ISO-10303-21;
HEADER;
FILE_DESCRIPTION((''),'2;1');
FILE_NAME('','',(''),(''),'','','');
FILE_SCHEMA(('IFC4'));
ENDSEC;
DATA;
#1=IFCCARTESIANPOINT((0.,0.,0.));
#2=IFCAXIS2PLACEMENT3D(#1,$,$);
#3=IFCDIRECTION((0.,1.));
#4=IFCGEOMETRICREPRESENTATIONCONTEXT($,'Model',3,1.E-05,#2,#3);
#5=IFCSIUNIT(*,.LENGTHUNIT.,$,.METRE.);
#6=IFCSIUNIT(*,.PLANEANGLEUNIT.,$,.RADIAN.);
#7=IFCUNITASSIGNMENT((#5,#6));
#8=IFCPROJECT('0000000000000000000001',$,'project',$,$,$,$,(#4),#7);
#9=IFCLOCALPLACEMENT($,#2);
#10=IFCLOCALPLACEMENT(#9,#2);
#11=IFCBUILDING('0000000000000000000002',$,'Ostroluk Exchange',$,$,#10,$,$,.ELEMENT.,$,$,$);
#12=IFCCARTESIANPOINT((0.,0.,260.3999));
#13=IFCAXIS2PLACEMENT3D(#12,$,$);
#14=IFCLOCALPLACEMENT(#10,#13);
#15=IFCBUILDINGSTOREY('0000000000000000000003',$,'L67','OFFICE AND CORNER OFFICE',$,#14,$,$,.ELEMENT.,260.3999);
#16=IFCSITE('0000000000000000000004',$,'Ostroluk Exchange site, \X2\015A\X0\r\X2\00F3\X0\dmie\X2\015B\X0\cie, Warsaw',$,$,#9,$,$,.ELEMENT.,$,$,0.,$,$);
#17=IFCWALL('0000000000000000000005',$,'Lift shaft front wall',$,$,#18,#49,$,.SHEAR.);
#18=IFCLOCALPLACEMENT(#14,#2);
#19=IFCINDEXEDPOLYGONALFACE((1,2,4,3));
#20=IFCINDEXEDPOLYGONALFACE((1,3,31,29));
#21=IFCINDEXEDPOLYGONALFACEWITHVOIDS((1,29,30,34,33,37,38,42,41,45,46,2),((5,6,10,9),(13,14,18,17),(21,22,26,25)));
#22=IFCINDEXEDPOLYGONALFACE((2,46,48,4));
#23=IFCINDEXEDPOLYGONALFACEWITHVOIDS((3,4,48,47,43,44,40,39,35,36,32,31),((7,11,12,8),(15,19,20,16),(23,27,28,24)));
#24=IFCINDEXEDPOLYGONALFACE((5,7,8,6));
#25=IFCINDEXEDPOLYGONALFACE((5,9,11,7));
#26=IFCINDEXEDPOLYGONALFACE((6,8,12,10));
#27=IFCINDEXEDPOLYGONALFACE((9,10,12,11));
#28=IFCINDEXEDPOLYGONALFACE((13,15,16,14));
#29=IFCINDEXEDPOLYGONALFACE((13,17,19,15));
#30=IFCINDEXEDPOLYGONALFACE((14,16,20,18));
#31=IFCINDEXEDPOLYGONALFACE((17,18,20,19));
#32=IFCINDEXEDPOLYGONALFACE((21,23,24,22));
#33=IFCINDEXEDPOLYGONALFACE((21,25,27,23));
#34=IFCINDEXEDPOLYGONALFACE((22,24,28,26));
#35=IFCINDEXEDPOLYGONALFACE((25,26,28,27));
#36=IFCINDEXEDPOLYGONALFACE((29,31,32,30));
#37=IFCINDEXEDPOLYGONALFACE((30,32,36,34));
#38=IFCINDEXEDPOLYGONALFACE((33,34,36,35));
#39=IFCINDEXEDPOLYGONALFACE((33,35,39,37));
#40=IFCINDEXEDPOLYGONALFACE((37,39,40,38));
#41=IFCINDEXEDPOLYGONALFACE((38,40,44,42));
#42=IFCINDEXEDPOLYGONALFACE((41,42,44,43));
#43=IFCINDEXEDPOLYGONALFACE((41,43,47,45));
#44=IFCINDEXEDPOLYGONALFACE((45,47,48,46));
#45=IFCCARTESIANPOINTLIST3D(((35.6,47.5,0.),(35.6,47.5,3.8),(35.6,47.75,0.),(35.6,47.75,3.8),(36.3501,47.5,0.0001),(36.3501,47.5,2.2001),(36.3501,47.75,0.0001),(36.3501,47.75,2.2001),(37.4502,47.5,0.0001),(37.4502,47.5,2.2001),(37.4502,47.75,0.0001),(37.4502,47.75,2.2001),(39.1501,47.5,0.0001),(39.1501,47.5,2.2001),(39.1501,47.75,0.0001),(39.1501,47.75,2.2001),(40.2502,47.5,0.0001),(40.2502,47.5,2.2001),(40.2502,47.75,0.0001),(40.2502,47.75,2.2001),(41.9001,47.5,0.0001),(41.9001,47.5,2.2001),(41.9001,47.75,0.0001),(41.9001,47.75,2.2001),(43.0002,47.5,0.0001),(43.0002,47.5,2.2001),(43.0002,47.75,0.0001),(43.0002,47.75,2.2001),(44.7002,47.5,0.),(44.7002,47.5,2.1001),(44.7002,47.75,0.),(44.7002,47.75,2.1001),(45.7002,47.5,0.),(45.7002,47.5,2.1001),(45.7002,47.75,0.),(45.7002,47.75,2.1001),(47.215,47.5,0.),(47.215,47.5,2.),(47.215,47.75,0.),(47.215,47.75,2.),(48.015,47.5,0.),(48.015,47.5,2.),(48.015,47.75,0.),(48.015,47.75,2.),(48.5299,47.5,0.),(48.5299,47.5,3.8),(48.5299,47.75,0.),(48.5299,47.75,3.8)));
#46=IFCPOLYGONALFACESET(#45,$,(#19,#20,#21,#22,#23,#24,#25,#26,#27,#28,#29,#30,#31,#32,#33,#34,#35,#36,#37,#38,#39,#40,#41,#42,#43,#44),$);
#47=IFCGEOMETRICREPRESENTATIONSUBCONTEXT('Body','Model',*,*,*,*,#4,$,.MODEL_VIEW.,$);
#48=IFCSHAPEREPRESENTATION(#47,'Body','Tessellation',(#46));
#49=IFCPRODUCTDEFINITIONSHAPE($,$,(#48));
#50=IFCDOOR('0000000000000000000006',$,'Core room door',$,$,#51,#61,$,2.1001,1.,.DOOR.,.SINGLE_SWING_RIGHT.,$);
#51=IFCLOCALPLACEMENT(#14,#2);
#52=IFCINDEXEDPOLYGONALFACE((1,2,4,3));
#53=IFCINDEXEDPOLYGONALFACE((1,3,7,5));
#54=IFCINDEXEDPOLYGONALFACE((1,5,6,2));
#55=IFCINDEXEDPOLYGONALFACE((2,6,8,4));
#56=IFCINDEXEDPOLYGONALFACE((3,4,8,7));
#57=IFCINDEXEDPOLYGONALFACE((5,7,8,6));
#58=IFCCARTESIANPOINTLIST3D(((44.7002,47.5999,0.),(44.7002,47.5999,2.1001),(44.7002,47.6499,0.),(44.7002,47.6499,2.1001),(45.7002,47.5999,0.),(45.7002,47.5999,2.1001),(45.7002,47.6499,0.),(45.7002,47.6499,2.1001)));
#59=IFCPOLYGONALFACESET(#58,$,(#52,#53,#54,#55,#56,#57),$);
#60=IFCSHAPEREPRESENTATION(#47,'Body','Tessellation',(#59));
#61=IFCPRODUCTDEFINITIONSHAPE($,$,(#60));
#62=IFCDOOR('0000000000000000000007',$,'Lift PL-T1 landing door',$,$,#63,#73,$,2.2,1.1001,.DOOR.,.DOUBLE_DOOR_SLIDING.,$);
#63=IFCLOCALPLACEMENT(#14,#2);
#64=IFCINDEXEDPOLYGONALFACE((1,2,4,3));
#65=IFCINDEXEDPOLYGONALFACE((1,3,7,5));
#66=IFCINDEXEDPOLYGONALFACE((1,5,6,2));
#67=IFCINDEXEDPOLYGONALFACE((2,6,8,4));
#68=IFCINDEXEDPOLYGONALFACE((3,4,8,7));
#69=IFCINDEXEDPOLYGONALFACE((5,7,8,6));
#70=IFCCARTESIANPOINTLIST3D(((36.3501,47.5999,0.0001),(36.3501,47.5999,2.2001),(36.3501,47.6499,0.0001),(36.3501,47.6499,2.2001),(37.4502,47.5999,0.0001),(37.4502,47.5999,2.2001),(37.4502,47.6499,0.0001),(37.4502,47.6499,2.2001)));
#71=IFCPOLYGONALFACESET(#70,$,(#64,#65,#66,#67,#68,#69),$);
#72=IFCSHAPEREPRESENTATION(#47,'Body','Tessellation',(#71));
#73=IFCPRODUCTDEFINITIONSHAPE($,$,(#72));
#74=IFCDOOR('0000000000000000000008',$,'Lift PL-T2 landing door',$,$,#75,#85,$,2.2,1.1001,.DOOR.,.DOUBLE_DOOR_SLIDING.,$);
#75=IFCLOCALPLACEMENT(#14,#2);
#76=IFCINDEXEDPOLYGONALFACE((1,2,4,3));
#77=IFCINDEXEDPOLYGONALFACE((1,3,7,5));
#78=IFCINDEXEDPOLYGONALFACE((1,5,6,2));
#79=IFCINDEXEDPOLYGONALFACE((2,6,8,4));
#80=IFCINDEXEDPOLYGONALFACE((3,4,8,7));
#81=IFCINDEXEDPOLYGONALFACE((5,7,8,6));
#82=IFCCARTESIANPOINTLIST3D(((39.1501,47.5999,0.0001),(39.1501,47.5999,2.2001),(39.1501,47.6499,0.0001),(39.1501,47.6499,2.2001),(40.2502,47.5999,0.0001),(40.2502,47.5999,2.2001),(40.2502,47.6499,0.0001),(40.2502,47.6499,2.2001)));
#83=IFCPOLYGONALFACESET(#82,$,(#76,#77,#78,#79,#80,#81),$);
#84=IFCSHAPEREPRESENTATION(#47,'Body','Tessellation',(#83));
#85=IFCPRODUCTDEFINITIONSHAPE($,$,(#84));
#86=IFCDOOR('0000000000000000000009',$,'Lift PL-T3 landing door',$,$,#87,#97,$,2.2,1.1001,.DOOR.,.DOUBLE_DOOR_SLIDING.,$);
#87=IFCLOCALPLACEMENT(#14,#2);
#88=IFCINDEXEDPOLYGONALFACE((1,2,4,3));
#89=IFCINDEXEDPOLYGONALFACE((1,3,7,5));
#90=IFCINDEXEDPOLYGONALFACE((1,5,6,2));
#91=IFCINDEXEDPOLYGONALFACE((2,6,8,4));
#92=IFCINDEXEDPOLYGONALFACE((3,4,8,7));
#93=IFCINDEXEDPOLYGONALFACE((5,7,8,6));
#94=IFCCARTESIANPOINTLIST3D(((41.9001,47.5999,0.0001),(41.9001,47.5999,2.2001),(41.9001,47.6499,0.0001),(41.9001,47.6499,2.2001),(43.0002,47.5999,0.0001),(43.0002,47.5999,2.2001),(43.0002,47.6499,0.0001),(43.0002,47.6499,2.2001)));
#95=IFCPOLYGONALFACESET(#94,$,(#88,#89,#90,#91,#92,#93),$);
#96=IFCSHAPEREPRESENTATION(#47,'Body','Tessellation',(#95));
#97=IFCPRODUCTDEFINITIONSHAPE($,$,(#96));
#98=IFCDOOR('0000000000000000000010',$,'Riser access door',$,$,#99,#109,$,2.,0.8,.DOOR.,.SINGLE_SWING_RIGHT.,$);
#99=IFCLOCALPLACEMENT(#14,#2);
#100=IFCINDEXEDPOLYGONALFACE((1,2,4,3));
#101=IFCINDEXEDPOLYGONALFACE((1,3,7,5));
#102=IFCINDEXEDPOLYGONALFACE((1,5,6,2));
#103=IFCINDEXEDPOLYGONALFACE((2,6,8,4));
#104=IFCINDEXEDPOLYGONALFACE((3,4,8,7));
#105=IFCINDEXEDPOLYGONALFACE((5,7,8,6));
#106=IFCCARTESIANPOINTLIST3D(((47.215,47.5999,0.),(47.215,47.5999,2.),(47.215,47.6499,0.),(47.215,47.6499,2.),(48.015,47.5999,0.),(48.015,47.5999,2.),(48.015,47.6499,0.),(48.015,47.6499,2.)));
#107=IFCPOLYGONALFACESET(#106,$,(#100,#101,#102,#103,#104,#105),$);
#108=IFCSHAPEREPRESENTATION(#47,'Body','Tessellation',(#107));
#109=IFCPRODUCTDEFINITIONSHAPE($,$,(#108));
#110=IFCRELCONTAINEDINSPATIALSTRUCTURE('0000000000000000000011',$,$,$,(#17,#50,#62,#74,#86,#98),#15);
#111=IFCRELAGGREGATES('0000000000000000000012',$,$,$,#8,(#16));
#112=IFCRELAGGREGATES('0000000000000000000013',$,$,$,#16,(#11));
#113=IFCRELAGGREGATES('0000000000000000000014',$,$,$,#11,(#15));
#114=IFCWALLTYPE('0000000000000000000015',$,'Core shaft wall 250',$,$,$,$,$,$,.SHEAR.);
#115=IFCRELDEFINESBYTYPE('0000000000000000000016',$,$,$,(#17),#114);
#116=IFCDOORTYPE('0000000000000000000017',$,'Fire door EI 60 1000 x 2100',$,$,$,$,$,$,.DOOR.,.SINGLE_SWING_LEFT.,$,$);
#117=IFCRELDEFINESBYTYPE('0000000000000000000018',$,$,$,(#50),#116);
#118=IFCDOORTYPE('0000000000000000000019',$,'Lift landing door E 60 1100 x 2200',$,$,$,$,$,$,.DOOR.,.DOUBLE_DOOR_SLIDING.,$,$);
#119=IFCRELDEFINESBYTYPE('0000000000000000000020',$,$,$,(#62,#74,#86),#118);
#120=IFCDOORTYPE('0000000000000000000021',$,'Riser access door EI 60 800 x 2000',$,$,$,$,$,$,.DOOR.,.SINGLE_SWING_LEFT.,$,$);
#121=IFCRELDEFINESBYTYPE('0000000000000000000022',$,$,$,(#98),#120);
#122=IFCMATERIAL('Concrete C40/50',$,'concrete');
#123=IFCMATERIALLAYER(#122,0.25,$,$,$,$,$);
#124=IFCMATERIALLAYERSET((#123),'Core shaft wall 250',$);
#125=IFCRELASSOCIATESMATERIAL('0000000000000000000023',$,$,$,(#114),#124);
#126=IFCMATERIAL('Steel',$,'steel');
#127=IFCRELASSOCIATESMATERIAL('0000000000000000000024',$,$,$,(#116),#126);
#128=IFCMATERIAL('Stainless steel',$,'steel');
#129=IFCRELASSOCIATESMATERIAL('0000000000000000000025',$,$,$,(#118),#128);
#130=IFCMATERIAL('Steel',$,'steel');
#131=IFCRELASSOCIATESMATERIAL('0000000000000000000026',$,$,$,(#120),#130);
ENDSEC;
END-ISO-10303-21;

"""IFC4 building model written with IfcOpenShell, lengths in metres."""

from ifc_helpers import new_model, si_unit, direction, frame, frame_2d, origin, place, context, subcontext, project, spatial, rectangle, extrude, material, layer, layer_set, type_object, element, fill, save


model = new_model("IFC4")

# Units and contexts
model_context = context("Model", 3, precision=1e-05, world=origin(), true_north=direction((0.0, 1.0)))
body_context = subcontext(model_context, "Body", "Model", "MODEL_VIEW")
ifc_project = project(units=[si_unit("LENGTHUNIT", "METRE"), si_unit("PLANEANGLEUNIT", "RADIAN")], contexts=[model_context])

# Site, building, storey
site_placement = place(None, origin())
site = spatial("IfcSite", under=ifc_project, at=site_placement, Name="Ostroluk Exchange site, Śródmieście, Warsaw", CompositionType="ELEMENT", RefElevation=0.0)
building_placement = place(site_placement, origin())
building = spatial("IfcBuilding", under=site, at=building_placement, Name="Ostroluk Exchange", CompositionType="ELEMENT")
storey_placement = place(building_placement, frame((0.0, 0.0, 260.3999)))
storey = spatial("IfcBuildingStorey", under=building, at=storey_placement, Name="L67", Description="OFFICE AND CORNER OFFICE", CompositionType="ELEMENT", Elevation=260.3999)

# Shared definitions
ifc_material_1 = material(Name="Concrete C40/50", Category="concrete")
ifc_layer_1 = layer(ifc_material_1, 0.25)
ifc_layer_set_1 = layer_set([ifc_layer_1], Name="Core shaft wall 250")
wall_type_1 = type_object("IfcWallType", Name="Core shaft wall 250", PredefinedType="SHEAR", material=ifc_layer_set_1)

# Wall, openings, doors
wall_1_placement = place(storey_placement, frame((35.6001, 47.625, 0.0), z_axis=(0.0, 0.0, 1.0), x_axis=(1.0, 0.0, 0.0)))
wall_1 = element("IfcWall", 1, at=wall_1_placement, inside=storey, type_object=wall_type_1, Name="Lift shaft front wall", PredefinedType="SHEAR", context=body_context, shape_type="SweptSolid", body=[
    extrude(rectangle(XDim=12.9299, YDim=0.25, at=frame_2d((6.4648, 0.0))), origin(), (0.0, 0.0, 1.0), 3.8),
])
opening_1_placement = place(wall_1_placement, frame((0.75, 0.0, 0.0)))
opening_1 = element("IfcOpeningElement", 2, at=opening_1_placement, cuts=wall_1, PredefinedType="OPENING", context=body_context, shape_type="SweptSolid", body=[
    extrude(rectangle(XDim=1.1001, YDim=2.2, at=frame_2d((0.55, 1.1001))), frame((0.0, 0.135, 0.0), z_axis=(0.0, -1.0, 0.0), x_axis=(1.0, 0.0, 0.0)), (0.0, 0.0, 1.0), 0.27),
])
opening_2_placement = place(wall_1_placement, frame((3.55, 0.0, 0.0)))
opening_2 = element("IfcOpeningElement", 3, at=opening_2_placement, cuts=wall_1, PredefinedType="OPENING", context=body_context, shape_type="SweptSolid", body=[
    extrude(rectangle(XDim=1.1001, YDim=2.2, at=frame_2d((0.55, 1.1001))), frame((0.0, 0.135, 0.0), z_axis=(0.0, -1.0, 0.0), x_axis=(1.0, 0.0, 0.0)), (0.0, 0.0, 1.0), 0.27),
])
opening_3_placement = place(wall_1_placement, frame((6.3, 0.0, 0.0)))
opening_3 = element("IfcOpeningElement", 4, at=opening_3_placement, cuts=wall_1, PredefinedType="OPENING", context=body_context, shape_type="SweptSolid", body=[
    extrude(rectangle(XDim=1.1001, YDim=2.2, at=frame_2d((0.55, 1.1001))), frame((0.0, 0.135, 0.0), z_axis=(0.0, -1.0, 0.0), x_axis=(1.0, 0.0, 0.0)), (0.0, 0.0, 1.0), 0.27),
])
opening_4_placement = place(wall_1_placement, frame((9.1001, 0.0, 0.0)))
opening_4 = element("IfcOpeningElement", 5, at=opening_4_placement, cuts=wall_1, PredefinedType="OPENING", context=body_context, shape_type="SweptSolid", body=[
    extrude(rectangle(XDim=1.0, YDim=2.1001, at=frame_2d((0.5, 1.05))), frame((0.0, 0.135, 0.0), z_axis=(0.0, -1.0, 0.0), x_axis=(1.0, 0.0, 0.0)), (0.0, 0.0, 1.0), 0.27),
])
opening_5_placement = place(wall_1_placement, frame((11.615, 0.0, 0.0)))
opening_5 = element("IfcOpeningElement", 6, at=opening_5_placement, cuts=wall_1, PredefinedType="OPENING", context=body_context, shape_type="SweptSolid", body=[
    extrude(rectangle(XDim=0.8, YDim=2.0, at=frame_2d((0.3999, 1.0))), frame((0.0, 0.135, 0.0), z_axis=(0.0, -1.0, 0.0), x_axis=(1.0, 0.0, 0.0)), (0.0, 0.0, 1.0), 0.27),
])
ifc_material_2 = material(Name="Steel", Category="steel")
door_type_1 = type_object("IfcDoorType", Name="Fire door EI 60 1000 x 2100", OperationType="SINGLE_SWING_LEFT", PredefinedType="DOOR", material=ifc_material_2)
door_1_placement = place(opening_4_placement, origin())
door_1 = element("IfcDoor", 7, at=door_1_placement, inside=storey, type_object=door_type_1, Name="Core room door", OperationType="SINGLE_SWING_RIGHT", OverallHeight=2.1001, OverallWidth=1.0, PredefinedType="DOOR", context=body_context, shape_type="SweptSolid", body=[
    extrude(rectangle(XDim=1.0, YDim=2.1001, at=frame_2d((0.5, 1.05))), frame((0.0, 0.0249, 0.0), z_axis=(0.0, -1.0, 0.0), x_axis=(1.0, 0.0, 0.0)), (0.0, 0.0, 1.0), 0.05),
])
fill(opening_4, door_1)
ifc_material_3 = material(Name="Stainless steel", Category="steel")
door_type_2 = type_object("IfcDoorType", Name="Lift landing door E 60 1100 x 2200", OperationType="DOUBLE_DOOR_SLIDING", PredefinedType="DOOR", material=ifc_material_3)
door_2_placement = place(opening_1_placement, origin())
door_2 = element("IfcDoor", 8, at=door_2_placement, inside=storey, type_object=door_type_2, Name="Lift PL-T1 landing door", OperationType="DOUBLE_DOOR_SLIDING", OverallHeight=2.2, OverallWidth=1.1001, PredefinedType="DOOR", context=body_context, shape_type="SweptSolid", body=[
    extrude(rectangle(XDim=1.1001, YDim=2.2, at=frame_2d((0.55, 1.1001))), frame((0.0, 0.0249, 0.0), z_axis=(0.0, -1.0, 0.0), x_axis=(1.0, 0.0, 0.0)), (0.0, 0.0, 1.0), 0.05),
])
fill(opening_1, door_2)
door_3_placement = place(opening_2_placement, origin())
door_3 = element("IfcDoor", 9, at=door_3_placement, inside=storey, type_object=door_type_2, Name="Lift PL-T2 landing door", OperationType="DOUBLE_DOOR_SLIDING", OverallHeight=2.2, OverallWidth=1.1001, PredefinedType="DOOR", context=body_context, shape_type="SweptSolid", body=[
    extrude(rectangle(XDim=1.1001, YDim=2.2, at=frame_2d((0.55, 1.1001))), frame((0.0, 0.0249, 0.0), z_axis=(0.0, -1.0, 0.0), x_axis=(1.0, 0.0, 0.0)), (0.0, 0.0, 1.0), 0.05),
])
fill(opening_2, door_3)
door_4_placement = place(opening_3_placement, origin())
door_4 = element("IfcDoor", 10, at=door_4_placement, inside=storey, type_object=door_type_2, Name="Lift PL-T3 landing door", OperationType="DOUBLE_DOOR_SLIDING", OverallHeight=2.2, OverallWidth=1.1001, PredefinedType="DOOR", context=body_context, shape_type="SweptSolid", body=[
    extrude(rectangle(XDim=1.1001, YDim=2.2, at=frame_2d((0.55, 1.1001))), frame((0.0, 0.0249, 0.0), z_axis=(0.0, -1.0, 0.0), x_axis=(1.0, 0.0, 0.0)), (0.0, 0.0, 1.0), 0.05),
])
fill(opening_3, door_4)
ifc_material_4 = material(Name="Steel", Category="steel")
door_type_3 = type_object("IfcDoorType", Name="Riser access door EI 60 800 x 2000", OperationType="SINGLE_SWING_LEFT", PredefinedType="DOOR", material=ifc_material_4)
door_5_placement = place(opening_5_placement, origin())
door_5 = element("IfcDoor", 11, at=door_5_placement, inside=storey, type_object=door_type_3, Name="Riser access door", OperationType="SINGLE_SWING_RIGHT", OverallHeight=2.0, OverallWidth=0.8, PredefinedType="DOOR", context=body_context, shape_type="SweptSolid", body=[
    extrude(rectangle(XDim=0.8, YDim=2.0, at=frame_2d((0.3999, 1.0))), frame((0.0, 0.0249, 0.0), z_axis=(0.0, -1.0, 0.0), x_axis=(1.0, 0.0, 0.0)), (0.0, 0.0, 1.0), 0.05),
])
fill(opening_5, door_5)

save(model, "model.ifc")
